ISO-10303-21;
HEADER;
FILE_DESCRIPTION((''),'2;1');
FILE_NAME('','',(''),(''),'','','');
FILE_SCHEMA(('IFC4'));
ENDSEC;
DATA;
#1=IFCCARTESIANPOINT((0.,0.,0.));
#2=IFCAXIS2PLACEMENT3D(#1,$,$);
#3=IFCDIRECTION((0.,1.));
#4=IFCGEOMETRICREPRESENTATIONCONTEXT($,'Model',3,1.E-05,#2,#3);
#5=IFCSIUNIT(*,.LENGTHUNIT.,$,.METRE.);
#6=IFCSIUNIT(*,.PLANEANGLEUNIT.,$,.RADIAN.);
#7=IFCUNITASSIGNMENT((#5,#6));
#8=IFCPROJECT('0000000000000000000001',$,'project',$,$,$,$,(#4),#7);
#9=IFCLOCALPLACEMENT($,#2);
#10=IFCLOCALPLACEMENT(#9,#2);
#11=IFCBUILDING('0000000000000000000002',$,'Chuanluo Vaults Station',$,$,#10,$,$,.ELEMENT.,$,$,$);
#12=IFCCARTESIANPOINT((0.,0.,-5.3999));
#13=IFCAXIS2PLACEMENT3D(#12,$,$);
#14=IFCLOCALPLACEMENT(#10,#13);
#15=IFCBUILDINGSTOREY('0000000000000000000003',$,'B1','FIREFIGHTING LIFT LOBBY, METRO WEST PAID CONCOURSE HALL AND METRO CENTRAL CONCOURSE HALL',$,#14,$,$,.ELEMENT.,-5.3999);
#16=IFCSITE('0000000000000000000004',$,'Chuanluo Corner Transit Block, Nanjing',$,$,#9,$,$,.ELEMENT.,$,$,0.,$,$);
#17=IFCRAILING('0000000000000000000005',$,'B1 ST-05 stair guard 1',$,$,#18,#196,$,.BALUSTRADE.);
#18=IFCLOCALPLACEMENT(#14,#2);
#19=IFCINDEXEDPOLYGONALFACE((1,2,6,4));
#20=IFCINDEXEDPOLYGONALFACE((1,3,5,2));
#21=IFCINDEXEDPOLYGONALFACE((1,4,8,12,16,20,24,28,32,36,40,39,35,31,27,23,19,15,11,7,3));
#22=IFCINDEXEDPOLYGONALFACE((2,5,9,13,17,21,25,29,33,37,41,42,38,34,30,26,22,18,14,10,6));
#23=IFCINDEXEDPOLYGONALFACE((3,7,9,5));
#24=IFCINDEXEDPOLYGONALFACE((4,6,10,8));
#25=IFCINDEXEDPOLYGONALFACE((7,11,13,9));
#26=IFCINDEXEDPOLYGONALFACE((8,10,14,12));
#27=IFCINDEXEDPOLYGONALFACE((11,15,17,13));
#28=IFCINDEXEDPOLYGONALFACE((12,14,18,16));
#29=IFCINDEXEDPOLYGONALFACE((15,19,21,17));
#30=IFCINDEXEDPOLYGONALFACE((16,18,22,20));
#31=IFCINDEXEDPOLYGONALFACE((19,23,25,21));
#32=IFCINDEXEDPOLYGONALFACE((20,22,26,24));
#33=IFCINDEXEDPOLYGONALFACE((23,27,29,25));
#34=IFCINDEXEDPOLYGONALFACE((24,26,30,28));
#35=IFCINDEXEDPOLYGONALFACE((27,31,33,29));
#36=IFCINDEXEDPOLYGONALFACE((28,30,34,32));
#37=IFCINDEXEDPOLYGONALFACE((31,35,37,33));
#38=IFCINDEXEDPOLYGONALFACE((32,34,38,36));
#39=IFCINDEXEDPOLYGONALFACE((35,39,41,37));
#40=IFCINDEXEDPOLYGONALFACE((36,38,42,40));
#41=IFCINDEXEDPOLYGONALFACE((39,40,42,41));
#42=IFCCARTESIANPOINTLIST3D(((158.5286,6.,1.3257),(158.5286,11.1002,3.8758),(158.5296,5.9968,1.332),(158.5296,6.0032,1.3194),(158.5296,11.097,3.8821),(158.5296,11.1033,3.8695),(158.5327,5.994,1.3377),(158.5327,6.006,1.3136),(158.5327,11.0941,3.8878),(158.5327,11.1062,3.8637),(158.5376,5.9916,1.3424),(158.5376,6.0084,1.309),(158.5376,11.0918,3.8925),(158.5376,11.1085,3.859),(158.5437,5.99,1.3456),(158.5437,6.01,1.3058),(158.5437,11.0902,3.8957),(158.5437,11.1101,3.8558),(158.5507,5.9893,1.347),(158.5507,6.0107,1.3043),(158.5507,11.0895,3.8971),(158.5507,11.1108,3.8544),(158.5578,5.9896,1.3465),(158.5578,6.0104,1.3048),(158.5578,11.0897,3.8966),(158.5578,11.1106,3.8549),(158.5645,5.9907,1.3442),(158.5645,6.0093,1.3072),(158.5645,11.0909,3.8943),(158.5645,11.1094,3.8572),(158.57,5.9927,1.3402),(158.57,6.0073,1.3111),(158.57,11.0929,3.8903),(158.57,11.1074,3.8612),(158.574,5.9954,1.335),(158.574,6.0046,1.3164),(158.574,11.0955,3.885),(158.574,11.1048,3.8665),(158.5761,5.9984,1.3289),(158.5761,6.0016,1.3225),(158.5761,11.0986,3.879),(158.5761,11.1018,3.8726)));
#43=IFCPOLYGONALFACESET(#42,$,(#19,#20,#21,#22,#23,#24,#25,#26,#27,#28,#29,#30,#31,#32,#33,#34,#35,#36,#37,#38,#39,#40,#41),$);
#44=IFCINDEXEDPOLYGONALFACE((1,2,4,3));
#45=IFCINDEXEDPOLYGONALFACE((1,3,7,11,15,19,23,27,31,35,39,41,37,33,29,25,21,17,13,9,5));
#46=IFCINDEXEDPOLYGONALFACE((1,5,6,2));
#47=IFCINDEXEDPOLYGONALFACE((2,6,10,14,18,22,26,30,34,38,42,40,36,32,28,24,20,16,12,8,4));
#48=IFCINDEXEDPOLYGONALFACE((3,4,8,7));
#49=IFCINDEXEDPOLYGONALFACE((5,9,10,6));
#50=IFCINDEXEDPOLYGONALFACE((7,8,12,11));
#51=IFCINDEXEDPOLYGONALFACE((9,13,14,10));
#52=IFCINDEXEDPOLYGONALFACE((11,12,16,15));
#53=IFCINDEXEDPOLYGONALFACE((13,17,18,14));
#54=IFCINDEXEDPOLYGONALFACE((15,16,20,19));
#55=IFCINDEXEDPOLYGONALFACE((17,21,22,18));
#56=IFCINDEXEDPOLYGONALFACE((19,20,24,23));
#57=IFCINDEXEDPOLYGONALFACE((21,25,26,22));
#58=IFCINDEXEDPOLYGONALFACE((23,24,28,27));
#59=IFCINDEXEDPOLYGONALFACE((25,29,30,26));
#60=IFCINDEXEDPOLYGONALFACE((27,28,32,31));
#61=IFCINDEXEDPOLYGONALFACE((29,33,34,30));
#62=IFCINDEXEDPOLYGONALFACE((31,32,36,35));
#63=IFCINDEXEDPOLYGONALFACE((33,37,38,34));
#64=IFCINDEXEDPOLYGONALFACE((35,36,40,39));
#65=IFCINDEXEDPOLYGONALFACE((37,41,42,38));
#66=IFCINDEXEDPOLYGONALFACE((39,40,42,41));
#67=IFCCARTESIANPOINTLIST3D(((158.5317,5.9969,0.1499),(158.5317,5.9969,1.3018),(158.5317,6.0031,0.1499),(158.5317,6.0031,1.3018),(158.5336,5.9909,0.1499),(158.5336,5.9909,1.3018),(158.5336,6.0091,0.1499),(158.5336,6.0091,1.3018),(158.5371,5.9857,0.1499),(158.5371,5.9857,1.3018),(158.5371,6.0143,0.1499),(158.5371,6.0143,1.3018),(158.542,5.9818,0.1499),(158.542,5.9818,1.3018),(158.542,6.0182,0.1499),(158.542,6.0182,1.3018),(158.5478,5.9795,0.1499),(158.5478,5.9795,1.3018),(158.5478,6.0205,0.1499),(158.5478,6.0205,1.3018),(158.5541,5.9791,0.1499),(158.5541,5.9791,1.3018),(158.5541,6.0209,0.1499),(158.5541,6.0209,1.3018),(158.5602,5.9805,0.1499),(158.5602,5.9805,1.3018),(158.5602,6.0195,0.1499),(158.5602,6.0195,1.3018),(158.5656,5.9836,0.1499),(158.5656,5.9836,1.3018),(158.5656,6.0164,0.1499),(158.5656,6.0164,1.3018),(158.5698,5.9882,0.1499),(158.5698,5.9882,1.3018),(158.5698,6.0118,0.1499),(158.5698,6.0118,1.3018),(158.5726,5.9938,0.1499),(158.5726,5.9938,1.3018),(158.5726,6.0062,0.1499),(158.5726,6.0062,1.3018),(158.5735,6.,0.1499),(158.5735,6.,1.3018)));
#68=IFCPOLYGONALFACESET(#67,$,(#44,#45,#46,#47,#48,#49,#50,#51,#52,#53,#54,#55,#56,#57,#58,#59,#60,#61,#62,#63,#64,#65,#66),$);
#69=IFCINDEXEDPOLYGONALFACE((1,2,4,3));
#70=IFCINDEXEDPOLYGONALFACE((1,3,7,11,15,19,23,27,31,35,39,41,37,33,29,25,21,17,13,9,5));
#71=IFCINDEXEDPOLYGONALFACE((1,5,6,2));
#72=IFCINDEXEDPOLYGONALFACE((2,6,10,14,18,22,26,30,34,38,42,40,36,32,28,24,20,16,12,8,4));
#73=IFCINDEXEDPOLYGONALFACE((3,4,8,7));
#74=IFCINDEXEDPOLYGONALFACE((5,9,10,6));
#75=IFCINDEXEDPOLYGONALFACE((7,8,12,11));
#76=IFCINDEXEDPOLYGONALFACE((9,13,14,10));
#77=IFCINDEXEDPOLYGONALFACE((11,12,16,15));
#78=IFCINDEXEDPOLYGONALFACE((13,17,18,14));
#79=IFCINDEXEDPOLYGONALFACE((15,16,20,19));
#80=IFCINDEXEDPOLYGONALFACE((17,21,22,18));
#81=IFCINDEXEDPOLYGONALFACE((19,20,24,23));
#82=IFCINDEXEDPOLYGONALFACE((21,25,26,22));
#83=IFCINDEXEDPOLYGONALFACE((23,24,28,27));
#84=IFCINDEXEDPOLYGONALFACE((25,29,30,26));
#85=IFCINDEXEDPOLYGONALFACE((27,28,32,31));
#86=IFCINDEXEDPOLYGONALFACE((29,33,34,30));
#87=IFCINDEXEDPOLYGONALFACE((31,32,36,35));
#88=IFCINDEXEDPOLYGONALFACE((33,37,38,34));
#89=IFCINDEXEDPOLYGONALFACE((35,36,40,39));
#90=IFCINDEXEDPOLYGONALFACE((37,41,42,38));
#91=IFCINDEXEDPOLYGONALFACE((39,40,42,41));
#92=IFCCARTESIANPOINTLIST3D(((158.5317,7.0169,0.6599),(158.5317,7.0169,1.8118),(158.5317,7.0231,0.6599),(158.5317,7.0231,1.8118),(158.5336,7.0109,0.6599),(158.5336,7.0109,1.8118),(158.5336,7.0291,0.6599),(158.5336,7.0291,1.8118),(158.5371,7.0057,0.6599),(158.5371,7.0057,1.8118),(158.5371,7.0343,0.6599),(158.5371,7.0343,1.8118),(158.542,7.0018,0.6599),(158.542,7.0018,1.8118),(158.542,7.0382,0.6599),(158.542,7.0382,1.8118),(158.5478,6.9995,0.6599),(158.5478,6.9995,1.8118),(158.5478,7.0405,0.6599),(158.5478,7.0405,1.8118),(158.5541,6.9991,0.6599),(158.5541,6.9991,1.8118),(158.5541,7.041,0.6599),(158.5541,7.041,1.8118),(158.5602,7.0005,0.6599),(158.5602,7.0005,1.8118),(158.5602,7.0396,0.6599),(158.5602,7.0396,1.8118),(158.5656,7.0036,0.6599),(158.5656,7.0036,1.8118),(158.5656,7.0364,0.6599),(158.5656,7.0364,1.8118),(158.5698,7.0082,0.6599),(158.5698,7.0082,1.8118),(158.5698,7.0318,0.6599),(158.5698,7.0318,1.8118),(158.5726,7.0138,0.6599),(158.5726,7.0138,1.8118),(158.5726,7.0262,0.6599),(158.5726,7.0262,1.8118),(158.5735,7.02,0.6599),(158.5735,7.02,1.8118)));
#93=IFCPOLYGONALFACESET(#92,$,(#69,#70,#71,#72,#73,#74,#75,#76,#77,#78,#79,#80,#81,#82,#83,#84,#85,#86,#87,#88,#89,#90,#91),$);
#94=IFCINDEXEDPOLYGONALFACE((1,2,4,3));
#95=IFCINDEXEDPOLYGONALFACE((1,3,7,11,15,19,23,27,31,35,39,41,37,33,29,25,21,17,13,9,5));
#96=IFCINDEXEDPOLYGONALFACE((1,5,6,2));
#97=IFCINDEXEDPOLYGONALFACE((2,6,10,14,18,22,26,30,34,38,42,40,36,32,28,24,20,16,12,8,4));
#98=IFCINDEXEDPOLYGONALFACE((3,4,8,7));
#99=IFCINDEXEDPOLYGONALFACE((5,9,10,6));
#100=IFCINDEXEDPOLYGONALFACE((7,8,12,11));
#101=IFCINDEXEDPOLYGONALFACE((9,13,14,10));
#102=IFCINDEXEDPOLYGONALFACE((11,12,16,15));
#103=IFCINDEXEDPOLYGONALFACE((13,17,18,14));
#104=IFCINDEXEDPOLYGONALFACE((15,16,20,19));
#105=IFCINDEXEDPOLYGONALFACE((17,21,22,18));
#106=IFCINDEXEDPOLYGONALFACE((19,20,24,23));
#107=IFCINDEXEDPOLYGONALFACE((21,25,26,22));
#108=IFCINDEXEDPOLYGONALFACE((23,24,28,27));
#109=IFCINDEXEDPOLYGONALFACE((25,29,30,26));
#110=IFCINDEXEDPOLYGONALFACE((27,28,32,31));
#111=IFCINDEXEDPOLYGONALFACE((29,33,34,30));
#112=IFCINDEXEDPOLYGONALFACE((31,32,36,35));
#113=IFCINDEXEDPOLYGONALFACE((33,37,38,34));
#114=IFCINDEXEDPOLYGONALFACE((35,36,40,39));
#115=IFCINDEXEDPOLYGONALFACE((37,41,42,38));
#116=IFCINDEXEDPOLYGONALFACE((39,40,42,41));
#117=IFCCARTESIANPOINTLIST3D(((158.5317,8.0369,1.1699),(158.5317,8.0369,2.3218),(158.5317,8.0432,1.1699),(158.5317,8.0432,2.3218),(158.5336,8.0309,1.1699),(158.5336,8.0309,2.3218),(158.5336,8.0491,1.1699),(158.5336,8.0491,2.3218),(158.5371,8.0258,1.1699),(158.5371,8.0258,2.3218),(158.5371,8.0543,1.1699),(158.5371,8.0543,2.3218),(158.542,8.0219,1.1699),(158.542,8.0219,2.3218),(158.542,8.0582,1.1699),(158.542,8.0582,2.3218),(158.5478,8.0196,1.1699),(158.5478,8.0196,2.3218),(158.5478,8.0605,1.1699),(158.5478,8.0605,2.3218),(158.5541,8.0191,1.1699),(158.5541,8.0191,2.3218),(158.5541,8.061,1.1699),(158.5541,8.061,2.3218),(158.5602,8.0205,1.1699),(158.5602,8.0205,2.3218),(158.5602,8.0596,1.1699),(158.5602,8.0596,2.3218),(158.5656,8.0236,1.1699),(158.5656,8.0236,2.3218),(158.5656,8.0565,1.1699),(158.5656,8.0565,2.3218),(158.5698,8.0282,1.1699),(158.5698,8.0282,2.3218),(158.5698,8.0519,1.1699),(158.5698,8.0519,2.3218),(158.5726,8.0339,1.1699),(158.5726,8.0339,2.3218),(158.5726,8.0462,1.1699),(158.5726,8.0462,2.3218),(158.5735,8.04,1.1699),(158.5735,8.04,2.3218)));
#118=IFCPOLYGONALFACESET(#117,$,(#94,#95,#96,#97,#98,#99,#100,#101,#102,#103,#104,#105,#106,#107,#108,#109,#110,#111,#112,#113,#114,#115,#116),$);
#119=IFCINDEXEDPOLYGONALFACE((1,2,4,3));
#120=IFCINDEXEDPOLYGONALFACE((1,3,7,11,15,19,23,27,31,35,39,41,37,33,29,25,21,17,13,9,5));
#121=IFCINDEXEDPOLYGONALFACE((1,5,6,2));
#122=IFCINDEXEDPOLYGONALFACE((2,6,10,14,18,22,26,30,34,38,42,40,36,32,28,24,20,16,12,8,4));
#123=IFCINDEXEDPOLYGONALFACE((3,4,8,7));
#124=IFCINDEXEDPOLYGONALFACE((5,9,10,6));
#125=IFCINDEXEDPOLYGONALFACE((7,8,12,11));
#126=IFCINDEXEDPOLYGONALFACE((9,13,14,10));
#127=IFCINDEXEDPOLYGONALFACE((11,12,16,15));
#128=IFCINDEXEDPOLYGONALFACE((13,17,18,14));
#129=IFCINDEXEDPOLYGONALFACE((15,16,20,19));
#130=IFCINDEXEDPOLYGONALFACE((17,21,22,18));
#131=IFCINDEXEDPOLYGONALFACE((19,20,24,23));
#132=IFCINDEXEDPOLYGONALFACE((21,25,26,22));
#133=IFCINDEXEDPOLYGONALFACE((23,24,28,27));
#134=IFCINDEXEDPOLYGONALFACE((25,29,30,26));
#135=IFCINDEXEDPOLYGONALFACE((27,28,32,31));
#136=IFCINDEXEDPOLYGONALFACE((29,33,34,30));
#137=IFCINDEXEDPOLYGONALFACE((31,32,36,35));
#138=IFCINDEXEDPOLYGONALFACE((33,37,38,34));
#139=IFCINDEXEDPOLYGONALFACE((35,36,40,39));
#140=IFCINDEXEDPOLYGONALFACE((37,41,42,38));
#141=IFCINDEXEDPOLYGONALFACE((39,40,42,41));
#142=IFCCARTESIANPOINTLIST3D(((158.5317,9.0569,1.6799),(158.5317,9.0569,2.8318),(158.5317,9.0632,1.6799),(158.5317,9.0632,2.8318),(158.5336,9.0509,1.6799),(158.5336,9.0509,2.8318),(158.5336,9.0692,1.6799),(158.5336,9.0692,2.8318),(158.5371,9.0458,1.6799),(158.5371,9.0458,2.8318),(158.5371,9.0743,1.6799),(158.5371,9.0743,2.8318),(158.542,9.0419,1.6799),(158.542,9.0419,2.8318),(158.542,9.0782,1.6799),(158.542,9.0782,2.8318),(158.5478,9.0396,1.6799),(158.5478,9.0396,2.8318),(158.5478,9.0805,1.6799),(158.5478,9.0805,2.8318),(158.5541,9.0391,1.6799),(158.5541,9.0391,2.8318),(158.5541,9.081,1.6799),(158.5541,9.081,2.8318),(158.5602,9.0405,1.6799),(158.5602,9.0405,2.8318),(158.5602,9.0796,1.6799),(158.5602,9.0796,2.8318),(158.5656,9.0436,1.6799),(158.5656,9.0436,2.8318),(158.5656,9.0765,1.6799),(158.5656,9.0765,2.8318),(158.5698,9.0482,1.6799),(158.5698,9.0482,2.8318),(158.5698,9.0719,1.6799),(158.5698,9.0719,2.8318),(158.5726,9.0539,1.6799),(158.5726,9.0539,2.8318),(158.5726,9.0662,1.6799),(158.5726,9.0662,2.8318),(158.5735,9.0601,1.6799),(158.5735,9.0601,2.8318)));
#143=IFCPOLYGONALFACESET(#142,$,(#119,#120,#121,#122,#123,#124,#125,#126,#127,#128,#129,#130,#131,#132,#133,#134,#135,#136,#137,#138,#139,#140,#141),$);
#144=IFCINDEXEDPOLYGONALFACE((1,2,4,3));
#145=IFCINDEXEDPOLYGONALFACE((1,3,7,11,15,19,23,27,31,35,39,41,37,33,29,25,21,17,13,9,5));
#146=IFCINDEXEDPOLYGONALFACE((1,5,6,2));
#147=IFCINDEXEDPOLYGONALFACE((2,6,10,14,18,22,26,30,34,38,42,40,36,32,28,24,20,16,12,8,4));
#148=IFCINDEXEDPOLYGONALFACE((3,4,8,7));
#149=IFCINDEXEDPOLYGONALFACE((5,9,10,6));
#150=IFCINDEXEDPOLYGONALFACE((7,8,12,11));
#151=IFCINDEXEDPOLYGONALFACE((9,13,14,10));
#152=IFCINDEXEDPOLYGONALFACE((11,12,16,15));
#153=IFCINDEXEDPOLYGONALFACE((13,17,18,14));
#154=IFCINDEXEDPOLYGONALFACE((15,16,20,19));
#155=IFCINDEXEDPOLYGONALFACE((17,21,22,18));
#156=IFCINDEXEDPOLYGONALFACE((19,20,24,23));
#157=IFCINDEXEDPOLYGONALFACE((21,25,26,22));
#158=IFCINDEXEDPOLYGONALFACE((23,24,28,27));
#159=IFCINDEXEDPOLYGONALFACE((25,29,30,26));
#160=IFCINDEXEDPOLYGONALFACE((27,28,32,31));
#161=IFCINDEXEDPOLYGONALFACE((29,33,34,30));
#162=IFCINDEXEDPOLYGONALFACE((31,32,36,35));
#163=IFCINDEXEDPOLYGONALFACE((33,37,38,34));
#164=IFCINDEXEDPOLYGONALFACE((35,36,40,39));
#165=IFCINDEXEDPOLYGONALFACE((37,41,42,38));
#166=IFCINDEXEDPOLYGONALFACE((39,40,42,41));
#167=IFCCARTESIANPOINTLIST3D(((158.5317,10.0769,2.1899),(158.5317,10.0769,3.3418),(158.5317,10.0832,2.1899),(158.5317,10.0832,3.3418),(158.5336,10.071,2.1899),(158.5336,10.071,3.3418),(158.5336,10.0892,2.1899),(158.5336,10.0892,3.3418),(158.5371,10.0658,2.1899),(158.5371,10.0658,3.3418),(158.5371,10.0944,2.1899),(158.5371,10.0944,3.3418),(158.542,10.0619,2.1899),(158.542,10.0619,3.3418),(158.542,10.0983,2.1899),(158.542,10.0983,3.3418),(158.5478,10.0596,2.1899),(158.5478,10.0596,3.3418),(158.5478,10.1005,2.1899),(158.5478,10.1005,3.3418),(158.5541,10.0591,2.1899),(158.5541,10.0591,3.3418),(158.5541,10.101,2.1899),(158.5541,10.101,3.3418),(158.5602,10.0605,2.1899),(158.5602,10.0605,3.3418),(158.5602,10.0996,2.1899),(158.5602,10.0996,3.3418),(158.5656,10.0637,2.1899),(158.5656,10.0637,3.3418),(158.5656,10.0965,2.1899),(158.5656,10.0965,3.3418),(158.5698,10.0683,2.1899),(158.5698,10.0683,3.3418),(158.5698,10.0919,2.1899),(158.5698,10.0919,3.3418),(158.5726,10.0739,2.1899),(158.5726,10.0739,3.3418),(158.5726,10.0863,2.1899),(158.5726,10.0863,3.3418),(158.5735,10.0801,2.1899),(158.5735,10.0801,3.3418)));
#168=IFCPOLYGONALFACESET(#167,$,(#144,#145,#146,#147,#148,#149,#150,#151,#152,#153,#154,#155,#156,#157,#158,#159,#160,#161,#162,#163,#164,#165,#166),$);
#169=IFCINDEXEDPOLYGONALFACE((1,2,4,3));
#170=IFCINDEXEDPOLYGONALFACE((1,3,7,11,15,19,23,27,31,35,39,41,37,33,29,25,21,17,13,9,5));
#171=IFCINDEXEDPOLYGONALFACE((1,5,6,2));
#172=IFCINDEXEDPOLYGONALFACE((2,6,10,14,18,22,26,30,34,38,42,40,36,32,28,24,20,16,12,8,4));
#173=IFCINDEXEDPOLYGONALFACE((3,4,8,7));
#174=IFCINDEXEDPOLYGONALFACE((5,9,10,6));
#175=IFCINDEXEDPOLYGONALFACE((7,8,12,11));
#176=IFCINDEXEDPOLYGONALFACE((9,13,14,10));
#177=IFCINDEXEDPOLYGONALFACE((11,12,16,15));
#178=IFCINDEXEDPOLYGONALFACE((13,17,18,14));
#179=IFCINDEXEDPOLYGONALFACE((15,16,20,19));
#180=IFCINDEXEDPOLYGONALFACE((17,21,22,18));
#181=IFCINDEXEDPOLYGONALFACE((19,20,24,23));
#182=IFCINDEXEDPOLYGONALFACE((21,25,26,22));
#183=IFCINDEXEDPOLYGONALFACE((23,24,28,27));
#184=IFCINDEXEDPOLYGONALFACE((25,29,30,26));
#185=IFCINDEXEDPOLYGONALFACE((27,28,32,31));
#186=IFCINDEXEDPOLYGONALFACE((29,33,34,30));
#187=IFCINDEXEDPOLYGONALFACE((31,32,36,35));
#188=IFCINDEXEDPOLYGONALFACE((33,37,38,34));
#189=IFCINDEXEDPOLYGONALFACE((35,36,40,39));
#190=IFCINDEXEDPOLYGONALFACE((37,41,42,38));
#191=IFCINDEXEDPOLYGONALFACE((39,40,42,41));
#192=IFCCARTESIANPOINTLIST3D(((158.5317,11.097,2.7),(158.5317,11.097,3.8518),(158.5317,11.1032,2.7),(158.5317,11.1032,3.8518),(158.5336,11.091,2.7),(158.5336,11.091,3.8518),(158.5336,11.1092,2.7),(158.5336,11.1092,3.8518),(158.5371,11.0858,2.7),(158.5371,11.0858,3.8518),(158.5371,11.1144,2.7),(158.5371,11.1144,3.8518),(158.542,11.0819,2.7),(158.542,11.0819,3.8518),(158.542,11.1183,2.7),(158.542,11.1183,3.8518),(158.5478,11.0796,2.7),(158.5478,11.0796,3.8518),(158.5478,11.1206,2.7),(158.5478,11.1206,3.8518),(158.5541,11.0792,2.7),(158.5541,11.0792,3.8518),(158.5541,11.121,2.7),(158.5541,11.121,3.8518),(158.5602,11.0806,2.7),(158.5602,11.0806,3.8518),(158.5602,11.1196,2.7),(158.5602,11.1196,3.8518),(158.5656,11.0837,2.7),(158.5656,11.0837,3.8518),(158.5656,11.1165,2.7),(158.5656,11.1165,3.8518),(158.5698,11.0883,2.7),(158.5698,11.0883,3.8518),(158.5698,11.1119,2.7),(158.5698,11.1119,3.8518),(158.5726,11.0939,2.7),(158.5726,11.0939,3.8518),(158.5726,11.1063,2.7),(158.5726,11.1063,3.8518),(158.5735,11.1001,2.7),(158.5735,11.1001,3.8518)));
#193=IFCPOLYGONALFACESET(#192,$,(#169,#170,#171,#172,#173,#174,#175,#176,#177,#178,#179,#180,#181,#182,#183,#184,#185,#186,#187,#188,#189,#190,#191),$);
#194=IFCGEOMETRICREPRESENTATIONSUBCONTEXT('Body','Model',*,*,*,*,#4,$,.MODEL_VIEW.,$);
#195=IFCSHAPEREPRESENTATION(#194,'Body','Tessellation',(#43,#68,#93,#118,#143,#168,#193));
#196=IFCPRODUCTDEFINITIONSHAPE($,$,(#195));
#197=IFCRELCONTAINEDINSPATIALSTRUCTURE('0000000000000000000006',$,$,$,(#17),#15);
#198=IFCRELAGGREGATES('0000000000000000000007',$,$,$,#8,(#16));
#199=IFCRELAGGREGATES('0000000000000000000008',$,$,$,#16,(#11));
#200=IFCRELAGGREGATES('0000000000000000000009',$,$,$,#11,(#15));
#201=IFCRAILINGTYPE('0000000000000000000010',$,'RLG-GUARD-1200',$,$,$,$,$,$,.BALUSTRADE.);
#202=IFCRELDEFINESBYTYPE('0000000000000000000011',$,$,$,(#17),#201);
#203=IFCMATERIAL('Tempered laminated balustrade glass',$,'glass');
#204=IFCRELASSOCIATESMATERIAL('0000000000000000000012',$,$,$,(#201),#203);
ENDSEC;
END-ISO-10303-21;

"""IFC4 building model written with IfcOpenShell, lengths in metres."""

from ifc_helpers import new_model, si_unit, direction, frame, origin, origin_2d, place, context, subcontext, project, spatial, circle, extrude, material, type_object, element, save


model = new_model("IFC4")

# Units and contexts
model_context = context("Model", 3, precision=1e-05, world=origin(), true_north=direction((0.0, 1.0)))
body_context = subcontext(model_context, "Body", "Model", "MODEL_VIEW")
ifc_project = project(units=[si_unit("LENGTHUNIT", "METRE"), si_unit("PLANEANGLEUNIT", "RADIAN")], contexts=[model_context])

# Site, building, storey
site_placement = place(None, origin())
site = spatial("IfcSite", under=ifc_project, at=site_placement, Name="Chuanluo Corner Transit Block, Nanjing", CompositionType="ELEMENT", RefElevation=0.0)
building_placement = place(site_placement, origin())
building = spatial("IfcBuilding", under=site, at=building_placement, Name="Chuanluo Vaults Station", CompositionType="ELEMENT")
storey_placement = place(building_placement, frame((0.0, 0.0, -5.3999)))
storey = spatial("IfcBuildingStorey", under=building, at=storey_placement, Name="B1", Description="FIREFIGHTING LIFT LOBBY, METRO WEST PAID CONCOURSE HALL AND METRO CENTRAL CONCOURSE HALL", CompositionType="ELEMENT", Elevation=-5.3999)

# Railing
ifc_material_1 = material(Name="Tempered laminated balustrade glass", Category="glass")
railing_type_1 = type_object("IfcRailingType", Name="RLG-GUARD-1200", PredefinedType="BALUSTRADE", material=ifc_material_1)
railing_1_placement = place(storey_placement, frame((158.5525, 6.0, 0.1499)))
element("IfcRailing", 1, at=railing_1_placement, inside=storey, type_object=railing_type_1, Name="B1 ST-05 stair guard 1", PredefinedType="BALUSTRADE", context=body_context, shape_type="SweptSolid", body=[
    extrude(circle(Radius=0.0239, at=origin_2d()), frame((0.0, 0.0, 1.1758), z_axis=(0.0, 0.894427, 0.447214), x_axis=(-1.0, 0.0, 0.0)), (0.0, 0.0, 1.0), 5.7021),
    extrude(circle(Radius=0.021, at=origin_2d()), origin(), (0.0, 0.0, 1.0), 1.1519),
    extrude(circle(Radius=0.021, at=origin_2d()), frame((0.0, 1.02, 0.51)), (0.0, 0.0, 1.0), 1.1519),
    extrude(circle(Radius=0.021, at=origin_2d()), frame((0.0, 2.04, 1.02)), (0.0, 0.0, 1.0), 1.1519),
    extrude(circle(Radius=0.021, at=origin_2d()), frame((0.0, 3.0601, 1.53)), (0.0, 0.0, 1.0), 1.1519),
    extrude(circle(Radius=0.021, at=origin_2d()), frame((0.0, 4.0801, 2.04)), (0.0, 0.0, 1.0), 1.1519),
    extrude(circle(Radius=0.021, at=origin_2d()), frame((0.0, 5.1001, 2.55)), (0.0, 0.0, 1.0), 1.1519),
])

save(model, "model.ifc")
